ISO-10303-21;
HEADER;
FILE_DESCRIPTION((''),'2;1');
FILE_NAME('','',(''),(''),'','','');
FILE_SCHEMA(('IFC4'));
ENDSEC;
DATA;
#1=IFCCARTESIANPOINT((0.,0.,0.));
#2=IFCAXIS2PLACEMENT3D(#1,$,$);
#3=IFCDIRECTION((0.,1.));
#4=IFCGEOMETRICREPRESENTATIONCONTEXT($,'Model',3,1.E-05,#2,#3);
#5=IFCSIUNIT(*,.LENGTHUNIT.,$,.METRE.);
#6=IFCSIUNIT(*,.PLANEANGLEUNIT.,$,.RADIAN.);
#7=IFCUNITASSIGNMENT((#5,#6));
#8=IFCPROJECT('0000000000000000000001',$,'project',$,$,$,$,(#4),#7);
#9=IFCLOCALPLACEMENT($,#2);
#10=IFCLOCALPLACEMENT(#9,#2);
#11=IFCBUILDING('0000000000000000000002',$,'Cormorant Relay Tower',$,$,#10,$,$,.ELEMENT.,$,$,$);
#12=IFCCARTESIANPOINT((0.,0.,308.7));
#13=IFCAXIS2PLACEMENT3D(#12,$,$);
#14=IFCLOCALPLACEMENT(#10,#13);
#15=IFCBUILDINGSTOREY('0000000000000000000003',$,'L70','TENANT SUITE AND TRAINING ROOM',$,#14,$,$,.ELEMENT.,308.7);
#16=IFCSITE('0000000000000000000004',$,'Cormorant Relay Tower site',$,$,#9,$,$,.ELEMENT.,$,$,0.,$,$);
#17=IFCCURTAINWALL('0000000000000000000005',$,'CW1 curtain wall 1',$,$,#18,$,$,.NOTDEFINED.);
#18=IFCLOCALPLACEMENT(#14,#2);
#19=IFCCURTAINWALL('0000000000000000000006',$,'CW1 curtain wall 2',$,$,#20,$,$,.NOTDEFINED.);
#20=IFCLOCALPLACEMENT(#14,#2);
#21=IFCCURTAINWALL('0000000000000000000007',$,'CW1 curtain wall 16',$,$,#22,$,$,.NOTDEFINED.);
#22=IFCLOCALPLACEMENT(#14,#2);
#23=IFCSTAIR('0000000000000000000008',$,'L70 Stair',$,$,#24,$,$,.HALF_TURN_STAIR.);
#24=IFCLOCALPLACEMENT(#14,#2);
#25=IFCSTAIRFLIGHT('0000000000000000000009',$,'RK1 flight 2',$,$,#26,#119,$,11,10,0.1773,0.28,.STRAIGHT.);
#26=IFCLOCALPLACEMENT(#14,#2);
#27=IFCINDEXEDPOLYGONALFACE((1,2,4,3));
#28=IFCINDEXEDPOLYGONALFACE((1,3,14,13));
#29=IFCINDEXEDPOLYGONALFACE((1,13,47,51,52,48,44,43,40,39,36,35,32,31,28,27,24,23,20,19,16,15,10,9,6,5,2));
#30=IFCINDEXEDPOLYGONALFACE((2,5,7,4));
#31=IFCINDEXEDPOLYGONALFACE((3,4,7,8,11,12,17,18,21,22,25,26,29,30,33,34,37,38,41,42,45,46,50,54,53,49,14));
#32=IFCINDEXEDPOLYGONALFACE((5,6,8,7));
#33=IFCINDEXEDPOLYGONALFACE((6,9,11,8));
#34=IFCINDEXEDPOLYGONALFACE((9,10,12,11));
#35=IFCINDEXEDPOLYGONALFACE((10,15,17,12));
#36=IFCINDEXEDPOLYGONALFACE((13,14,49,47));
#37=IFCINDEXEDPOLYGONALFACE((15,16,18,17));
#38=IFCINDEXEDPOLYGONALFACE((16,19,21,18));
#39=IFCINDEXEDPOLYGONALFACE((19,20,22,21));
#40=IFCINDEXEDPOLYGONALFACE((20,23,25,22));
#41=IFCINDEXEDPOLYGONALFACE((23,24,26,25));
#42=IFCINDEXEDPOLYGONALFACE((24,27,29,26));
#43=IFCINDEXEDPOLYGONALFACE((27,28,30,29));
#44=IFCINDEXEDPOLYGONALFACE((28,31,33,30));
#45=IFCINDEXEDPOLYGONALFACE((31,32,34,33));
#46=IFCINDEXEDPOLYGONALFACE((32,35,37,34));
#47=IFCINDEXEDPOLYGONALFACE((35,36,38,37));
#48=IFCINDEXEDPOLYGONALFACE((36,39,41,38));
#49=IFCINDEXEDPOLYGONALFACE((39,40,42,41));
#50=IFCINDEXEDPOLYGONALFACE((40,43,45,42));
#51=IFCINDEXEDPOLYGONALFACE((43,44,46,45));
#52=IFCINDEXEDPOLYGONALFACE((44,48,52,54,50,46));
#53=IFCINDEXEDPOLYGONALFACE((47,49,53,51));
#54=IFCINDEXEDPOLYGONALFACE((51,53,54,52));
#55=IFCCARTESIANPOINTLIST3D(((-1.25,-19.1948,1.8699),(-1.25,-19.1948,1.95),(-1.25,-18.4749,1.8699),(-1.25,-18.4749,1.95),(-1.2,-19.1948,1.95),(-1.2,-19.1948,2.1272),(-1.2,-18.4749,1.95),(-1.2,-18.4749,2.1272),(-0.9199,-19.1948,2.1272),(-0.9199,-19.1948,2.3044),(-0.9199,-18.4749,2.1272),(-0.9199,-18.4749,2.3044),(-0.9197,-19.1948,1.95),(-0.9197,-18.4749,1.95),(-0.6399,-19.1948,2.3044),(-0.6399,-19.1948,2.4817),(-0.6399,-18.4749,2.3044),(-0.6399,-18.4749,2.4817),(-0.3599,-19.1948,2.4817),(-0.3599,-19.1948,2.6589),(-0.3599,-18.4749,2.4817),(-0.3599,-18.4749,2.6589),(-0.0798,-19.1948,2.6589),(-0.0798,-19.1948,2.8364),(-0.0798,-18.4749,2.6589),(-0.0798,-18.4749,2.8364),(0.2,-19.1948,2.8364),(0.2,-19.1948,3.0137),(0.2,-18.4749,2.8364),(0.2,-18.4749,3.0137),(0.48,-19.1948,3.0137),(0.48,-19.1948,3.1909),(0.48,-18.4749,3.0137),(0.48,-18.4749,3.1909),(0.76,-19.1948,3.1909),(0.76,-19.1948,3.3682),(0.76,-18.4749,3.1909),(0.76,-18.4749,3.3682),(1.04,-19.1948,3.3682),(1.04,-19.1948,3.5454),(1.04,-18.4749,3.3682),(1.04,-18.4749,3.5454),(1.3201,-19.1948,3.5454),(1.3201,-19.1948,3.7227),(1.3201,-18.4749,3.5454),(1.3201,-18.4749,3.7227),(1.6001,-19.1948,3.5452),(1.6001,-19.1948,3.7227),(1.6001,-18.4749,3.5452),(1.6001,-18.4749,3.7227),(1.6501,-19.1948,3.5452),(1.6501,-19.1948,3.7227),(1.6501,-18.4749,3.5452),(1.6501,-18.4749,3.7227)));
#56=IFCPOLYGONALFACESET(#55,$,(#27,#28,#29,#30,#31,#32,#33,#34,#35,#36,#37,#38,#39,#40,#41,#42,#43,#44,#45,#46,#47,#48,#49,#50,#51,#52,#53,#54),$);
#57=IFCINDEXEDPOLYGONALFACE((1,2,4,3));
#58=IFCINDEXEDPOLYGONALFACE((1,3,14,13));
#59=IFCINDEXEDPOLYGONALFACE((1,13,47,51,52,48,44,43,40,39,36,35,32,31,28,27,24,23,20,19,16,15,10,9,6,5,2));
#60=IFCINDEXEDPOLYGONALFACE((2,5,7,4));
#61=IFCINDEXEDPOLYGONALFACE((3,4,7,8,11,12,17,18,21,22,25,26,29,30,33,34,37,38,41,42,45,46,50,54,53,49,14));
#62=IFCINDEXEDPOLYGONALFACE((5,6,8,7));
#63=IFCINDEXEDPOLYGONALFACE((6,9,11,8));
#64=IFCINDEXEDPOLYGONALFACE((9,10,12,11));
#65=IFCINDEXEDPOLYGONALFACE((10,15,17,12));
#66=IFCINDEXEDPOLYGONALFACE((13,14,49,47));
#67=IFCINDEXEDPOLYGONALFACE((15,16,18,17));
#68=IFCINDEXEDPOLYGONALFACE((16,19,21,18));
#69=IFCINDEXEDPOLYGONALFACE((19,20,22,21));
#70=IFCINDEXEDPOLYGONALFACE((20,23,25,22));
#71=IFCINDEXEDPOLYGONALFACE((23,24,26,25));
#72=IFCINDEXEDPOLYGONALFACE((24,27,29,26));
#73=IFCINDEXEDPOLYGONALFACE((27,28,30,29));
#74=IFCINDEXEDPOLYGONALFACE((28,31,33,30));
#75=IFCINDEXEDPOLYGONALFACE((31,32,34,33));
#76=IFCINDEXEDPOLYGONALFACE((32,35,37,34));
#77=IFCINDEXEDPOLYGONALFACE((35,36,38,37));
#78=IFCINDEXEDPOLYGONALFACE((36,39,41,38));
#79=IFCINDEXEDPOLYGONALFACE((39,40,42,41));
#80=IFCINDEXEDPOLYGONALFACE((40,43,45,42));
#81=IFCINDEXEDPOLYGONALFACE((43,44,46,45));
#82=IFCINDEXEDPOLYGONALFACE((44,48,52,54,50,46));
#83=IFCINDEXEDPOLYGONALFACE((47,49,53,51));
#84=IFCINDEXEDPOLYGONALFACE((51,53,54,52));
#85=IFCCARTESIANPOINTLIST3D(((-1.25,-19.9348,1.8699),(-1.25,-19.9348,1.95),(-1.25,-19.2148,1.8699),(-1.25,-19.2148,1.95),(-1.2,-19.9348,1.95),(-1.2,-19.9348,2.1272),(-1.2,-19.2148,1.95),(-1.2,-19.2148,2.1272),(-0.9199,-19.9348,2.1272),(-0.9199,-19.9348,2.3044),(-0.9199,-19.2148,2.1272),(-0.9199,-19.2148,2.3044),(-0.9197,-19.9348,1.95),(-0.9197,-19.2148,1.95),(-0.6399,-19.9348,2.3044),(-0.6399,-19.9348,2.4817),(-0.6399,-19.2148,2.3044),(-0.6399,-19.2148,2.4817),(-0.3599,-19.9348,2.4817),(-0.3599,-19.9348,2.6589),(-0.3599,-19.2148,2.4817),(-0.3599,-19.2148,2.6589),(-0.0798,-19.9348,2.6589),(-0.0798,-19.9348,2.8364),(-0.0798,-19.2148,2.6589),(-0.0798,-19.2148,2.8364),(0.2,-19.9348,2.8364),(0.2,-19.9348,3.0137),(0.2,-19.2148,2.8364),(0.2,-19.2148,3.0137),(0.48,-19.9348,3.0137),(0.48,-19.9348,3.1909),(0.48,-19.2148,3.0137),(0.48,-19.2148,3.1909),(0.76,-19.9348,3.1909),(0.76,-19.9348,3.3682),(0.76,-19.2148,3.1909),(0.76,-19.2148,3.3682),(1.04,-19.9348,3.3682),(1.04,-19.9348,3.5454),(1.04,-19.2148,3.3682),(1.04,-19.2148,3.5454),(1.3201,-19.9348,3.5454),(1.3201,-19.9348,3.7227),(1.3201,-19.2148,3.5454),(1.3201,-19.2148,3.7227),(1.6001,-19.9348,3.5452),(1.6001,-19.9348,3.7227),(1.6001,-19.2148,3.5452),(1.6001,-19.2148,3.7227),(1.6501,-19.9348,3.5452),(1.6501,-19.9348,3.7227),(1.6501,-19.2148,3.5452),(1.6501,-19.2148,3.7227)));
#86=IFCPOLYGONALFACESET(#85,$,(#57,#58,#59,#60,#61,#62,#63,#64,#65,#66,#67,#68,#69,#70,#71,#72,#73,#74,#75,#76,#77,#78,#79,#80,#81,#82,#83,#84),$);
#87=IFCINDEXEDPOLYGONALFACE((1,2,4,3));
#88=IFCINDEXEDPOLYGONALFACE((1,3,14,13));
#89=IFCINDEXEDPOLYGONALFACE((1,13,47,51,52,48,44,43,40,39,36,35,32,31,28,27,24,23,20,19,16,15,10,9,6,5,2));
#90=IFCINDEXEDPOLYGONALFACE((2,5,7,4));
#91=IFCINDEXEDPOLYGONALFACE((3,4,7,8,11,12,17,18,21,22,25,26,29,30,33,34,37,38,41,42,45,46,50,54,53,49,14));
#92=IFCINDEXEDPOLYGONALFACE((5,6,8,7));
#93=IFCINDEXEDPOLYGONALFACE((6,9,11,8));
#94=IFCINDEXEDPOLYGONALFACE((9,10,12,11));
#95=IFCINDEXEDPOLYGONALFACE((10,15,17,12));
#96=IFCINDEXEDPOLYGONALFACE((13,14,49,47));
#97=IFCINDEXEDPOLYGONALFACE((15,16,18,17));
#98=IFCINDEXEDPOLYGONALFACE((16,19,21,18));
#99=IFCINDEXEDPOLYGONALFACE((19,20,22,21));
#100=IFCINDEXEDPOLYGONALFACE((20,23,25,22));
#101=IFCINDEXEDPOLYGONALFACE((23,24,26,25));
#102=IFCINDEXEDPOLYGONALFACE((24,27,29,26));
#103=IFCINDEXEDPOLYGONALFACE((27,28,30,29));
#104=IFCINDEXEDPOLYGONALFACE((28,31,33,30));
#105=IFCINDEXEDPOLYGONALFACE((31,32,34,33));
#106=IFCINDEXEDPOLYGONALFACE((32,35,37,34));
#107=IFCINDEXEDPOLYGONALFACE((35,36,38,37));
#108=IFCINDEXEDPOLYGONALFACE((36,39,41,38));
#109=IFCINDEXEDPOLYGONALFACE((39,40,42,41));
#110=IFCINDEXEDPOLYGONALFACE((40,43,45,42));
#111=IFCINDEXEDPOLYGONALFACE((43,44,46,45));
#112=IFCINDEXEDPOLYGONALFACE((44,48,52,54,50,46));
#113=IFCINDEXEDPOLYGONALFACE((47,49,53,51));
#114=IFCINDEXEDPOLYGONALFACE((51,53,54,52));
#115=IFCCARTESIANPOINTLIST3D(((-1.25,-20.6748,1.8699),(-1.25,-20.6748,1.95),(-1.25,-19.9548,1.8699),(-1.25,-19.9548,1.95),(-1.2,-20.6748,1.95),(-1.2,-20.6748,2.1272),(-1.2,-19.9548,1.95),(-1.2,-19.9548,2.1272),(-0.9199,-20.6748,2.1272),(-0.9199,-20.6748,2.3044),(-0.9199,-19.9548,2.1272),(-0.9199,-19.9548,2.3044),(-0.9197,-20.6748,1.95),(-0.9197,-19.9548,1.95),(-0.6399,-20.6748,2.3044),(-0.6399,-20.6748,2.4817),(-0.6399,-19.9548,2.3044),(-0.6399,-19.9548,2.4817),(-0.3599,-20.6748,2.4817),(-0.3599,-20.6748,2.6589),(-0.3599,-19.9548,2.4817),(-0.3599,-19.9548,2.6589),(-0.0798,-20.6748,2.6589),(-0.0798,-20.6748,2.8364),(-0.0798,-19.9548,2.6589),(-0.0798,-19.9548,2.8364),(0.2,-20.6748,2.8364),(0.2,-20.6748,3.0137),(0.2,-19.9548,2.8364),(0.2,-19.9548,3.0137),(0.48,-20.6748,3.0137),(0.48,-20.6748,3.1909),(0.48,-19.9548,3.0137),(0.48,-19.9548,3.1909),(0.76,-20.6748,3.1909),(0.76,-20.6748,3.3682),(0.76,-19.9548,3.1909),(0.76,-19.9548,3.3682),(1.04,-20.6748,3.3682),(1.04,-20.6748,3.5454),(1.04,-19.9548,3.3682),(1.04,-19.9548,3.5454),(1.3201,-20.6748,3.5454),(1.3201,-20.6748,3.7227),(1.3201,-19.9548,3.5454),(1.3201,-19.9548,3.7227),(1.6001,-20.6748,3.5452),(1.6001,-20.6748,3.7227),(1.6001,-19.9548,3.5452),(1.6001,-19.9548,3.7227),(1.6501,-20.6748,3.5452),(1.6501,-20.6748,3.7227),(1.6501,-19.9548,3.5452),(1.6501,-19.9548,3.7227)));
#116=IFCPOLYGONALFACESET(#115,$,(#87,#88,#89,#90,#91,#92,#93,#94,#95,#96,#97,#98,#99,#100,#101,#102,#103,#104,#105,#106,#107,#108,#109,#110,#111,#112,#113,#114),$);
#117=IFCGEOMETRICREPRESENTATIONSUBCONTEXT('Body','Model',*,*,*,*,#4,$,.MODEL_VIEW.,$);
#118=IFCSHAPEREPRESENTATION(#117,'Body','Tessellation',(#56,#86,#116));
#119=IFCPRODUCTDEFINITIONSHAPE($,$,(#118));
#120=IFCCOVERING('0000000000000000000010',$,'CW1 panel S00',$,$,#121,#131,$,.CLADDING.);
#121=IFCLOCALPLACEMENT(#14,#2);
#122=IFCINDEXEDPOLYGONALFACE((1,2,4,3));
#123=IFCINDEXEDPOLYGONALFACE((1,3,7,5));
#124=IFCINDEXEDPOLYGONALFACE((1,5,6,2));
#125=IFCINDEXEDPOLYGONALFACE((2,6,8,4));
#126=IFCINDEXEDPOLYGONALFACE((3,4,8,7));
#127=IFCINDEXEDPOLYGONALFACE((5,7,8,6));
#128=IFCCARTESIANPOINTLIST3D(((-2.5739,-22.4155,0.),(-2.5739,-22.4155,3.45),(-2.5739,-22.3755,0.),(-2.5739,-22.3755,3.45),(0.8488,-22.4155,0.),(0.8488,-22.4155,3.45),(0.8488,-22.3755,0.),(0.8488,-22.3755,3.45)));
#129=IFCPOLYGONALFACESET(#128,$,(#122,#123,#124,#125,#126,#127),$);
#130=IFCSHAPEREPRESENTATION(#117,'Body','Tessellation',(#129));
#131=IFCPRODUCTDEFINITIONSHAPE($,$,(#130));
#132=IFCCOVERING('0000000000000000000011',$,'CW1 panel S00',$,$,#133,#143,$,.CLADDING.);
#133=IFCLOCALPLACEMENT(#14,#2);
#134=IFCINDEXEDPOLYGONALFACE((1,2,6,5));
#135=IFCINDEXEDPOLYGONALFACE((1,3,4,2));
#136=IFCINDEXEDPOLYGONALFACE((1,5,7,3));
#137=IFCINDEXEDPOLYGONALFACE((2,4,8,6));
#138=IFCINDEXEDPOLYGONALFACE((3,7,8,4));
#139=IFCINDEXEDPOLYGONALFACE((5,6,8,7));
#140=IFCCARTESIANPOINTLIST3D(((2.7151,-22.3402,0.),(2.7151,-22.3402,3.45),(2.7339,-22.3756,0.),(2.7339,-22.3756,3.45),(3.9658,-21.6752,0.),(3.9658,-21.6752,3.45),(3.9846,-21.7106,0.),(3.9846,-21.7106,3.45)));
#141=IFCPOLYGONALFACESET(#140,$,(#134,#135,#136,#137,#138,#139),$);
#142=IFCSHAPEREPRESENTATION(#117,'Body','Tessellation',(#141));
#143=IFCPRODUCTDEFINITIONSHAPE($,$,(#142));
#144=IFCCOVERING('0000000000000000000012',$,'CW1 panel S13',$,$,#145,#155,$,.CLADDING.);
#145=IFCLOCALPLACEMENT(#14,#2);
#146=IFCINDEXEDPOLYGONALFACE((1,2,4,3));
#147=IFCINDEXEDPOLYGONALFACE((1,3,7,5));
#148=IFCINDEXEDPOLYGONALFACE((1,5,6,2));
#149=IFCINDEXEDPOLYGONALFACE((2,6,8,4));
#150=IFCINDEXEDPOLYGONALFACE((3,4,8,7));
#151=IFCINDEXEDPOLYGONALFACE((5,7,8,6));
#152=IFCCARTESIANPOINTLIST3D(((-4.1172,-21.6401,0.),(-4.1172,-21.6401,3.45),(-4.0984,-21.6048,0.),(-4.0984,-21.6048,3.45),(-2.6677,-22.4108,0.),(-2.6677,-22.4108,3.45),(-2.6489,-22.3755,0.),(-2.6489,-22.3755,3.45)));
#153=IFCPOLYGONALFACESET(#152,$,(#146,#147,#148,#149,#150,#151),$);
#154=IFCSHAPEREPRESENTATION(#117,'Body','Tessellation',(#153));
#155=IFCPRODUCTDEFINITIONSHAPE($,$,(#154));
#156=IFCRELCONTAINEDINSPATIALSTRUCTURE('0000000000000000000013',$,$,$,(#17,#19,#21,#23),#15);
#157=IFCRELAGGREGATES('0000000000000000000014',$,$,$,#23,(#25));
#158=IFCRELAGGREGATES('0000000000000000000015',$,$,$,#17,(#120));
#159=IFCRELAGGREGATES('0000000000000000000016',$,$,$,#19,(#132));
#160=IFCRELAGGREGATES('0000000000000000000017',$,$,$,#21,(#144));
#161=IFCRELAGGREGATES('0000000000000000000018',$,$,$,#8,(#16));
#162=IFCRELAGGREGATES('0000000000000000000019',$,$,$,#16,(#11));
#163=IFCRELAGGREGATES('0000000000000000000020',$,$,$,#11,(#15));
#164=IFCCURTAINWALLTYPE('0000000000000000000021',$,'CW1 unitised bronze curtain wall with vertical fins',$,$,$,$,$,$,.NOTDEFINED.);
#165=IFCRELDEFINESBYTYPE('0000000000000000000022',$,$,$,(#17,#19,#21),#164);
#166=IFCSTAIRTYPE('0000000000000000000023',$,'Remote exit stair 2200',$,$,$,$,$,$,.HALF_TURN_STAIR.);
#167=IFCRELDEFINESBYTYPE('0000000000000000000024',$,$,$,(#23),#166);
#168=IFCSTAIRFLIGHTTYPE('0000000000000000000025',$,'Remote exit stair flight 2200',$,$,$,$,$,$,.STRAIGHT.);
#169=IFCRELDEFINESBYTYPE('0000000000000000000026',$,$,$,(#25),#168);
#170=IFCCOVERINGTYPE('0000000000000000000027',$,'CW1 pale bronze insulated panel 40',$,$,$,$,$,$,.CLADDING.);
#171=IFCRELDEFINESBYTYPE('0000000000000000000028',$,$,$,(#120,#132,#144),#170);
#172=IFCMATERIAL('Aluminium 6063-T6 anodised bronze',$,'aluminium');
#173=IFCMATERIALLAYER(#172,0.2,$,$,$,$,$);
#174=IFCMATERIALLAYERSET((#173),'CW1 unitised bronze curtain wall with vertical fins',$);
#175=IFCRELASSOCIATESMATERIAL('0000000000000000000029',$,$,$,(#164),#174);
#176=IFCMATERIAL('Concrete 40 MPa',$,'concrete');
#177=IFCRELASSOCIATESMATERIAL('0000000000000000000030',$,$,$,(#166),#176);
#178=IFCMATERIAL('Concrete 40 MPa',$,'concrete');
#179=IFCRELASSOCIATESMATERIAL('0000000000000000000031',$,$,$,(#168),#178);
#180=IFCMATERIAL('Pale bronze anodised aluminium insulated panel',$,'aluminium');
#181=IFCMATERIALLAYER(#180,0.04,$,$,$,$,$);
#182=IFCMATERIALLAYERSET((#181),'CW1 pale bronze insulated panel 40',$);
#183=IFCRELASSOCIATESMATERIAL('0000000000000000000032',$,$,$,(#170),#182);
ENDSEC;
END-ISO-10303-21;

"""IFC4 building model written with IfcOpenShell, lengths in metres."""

from ifc_helpers import new_model, si_unit, direction, frame, origin, origin_2d, place, context, subcontext, project, spatial, polyline, rectangle, outline, extrude, material, layer, layer_set, type_object, element, aggregate, save


model = new_model("IFC4")

# Units and contexts
model_context = context("Model", 3, precision=1e-05, world=origin(), true_north=direction((0.0, 1.0)))
body_context = subcontext(model_context, "Body", "Model", "MODEL_VIEW")
ifc_project = project(units=[si_unit("LENGTHUNIT", "METRE"), si_unit("PLANEANGLEUNIT", "RADIAN")], contexts=[model_context])

# Site, building, storey
site_placement = place(None, origin())
site = spatial("IfcSite", under=ifc_project, at=site_placement, Name="Cormorant Relay Tower site", CompositionType="ELEMENT", RefElevation=0.0)
building_placement = place(site_placement, origin())
building = spatial("IfcBuilding", under=site, at=building_placement, Name="Cormorant Relay Tower", CompositionType="ELEMENT")
storey_placement = place(building_placement, frame((0.0, 0.0, 308.7)))
storey = spatial("IfcBuildingStorey", under=building, at=storey_placement, Name="L70", Description="TENANT SUITE AND TRAINING ROOM", CompositionType="ELEMENT", Elevation=308.7)

# Curtain wall
ifc_material_1 = material(Name="Aluminium 6063-T6 anodised bronze", Category="aluminium")
ifc_layer_1 = layer(ifc_material_1, 0.2)
ifc_layer_set_1 = layer_set([ifc_layer_1], Name="CW1 unitised bronze curtain wall with vertical fins")
curtain_wall_type = type_object("IfcCurtainWallType", Name="CW1 unitised bronze curtain wall with vertical fins", PredefinedType="NOTDEFINED", material=ifc_layer_set_1)
curtain_wall_1_placement = place(storey_placement, origin())
curtain_wall_1 = element("IfcCurtainWall", 1, at=curtain_wall_1_placement, inside=storey, type_object=curtain_wall_type, Name="CW1 curtain wall 1", PredefinedType="NOTDEFINED")

# Curtain wall
curtain_wall_2_placement = place(storey_placement, origin())
curtain_wall_2 = element("IfcCurtainWall", 2, at=curtain_wall_2_placement, inside=storey, type_object=curtain_wall_type, Name="CW1 curtain wall 2", PredefinedType="NOTDEFINED")

# Curtain wall
curtain_wall_3_placement = place(storey_placement, origin())
curtain_wall_3 = element("IfcCurtainWall", 3, at=curtain_wall_3_placement, inside=storey, type_object=curtain_wall_type, Name="CW1 curtain wall 16", PredefinedType="NOTDEFINED")

# Stair, stair flight
ifc_material_2 = material(Name="Concrete 40 MPa", Category="concrete")
stair_type = type_object("IfcStairType", Name="Remote exit stair 2200", PredefinedType="HALF_TURN_STAIR", material=ifc_material_2)
stair_placement = place(storey_placement, origin())
stair = element("IfcStair", 4, at=stair_placement, inside=storey, type_object=stair_type, Name="L70 Stair", PredefinedType="HALF_TURN_STAIR")
ifc_material_3 = material(Name="Concrete 40 MPa", Category="concrete")
stair_flight_type = type_object("IfcStairFlightType", Name="Remote exit stair flight 2200", PredefinedType="STRAIGHT", material=ifc_material_3)
stair_flight_placement = place(storey_placement, frame((-1.2, -19.575, 1.95), z_axis=(0.0, 0.0, 1.0), x_axis=(1.0, 0.0, 0.0)))
stair_flight = element("IfcStairFlight", 5, at=stair_flight_placement, type_object=stair_flight_type, Name="RK1 flight 2", NumberOfRisers=11, NumberOfTreads=10, PredefinedType="STRAIGHT", RiserHeight=0.1773, TreadLength=0.28, context=body_context, shape_type="SweptSolid", body=[
    extrude(outline(polyline([(-0.05, -0.0801), (-0.05, 0.0), (0.0, 0.0), (0.0, 0.1772), (0.28, 0.1772), (0.28, 0.3545), (0.5601, 0.3545), (0.5601, 0.5317), (0.8401, 0.5317), (0.8401, 0.709), (1.1201, 0.709), (1.1201, 0.8865), (1.3999, 0.8865), (1.3999, 1.0637), (1.6799, 1.0637), (1.6799, 1.241), (1.96, 1.241), (1.96, 1.4182), (2.24, 1.4182), (2.24, 1.5955), (2.52, 1.5955), (2.52, 1.7727), (2.8, 1.7727), (2.8501, 1.7727), (2.8501, 1.5952), (2.8, 1.5952), (0.2803, 0.0), (-0.05, -0.0801)])), frame((0.0, 1.1001, 0.0), z_axis=(0.0, -1.0, 0.0), x_axis=(1.0, 0.0, 0.0)), (0.0, 0.0, 1.0), 0.72),
    extrude(outline(polyline([(-0.05, -0.0801), (-0.05, 0.0), (0.0, 0.0), (0.0, 0.1772), (0.28, 0.1772), (0.28, 0.3545), (0.5601, 0.3545), (0.5601, 0.5317), (0.8401, 0.5317), (0.8401, 0.709), (1.1201, 0.709), (1.1201, 0.8865), (1.3999, 0.8865), (1.3999, 1.0637), (1.6799, 1.0637), (1.6799, 1.241), (1.96, 1.241), (1.96, 1.4182), (2.24, 1.4182), (2.24, 1.5955), (2.52, 1.5955), (2.52, 1.7727), (2.8, 1.7727), (2.8501, 1.7727), (2.8501, 1.5952), (2.8, 1.5952), (0.2803, 0.0), (-0.05, -0.0801)])), frame((0.0, 0.3601, 0.0), z_axis=(0.0, -1.0, 0.0), x_axis=(1.0, 0.0, 0.0)), (0.0, 0.0, 1.0), 0.72),
    extrude(outline(polyline([(-0.05, -0.0801), (-0.05, 0.0), (0.0, 0.0), (0.0, 0.1772), (0.28, 0.1772), (0.28, 0.3545), (0.5601, 0.3545), (0.5601, 0.5317), (0.8401, 0.5317), (0.8401, 0.709), (1.1201, 0.709), (1.1201, 0.8865), (1.3999, 0.8865), (1.3999, 1.0637), (1.6799, 1.0637), (1.6799, 1.241), (1.96, 1.241), (1.96, 1.4182), (2.24, 1.4182), (2.24, 1.5955), (2.52, 1.5955), (2.52, 1.7727), (2.8, 1.7727), (2.8501, 1.7727), (2.8501, 1.5952), (2.8, 1.5952), (0.2803, 0.0), (-0.05, -0.0801)])), frame((0.0, -0.3799, 0.0), z_axis=(0.0, -1.0, 0.0), x_axis=(1.0, 0.0, 0.0)), (0.0, 0.0, 1.0), 0.72),
])
aggregate(stair, [stair_flight])

# Coverings
ifc_material_4 = material(Name="Pale bronze anodised aluminium insulated panel", Category="aluminium")
ifc_layer_2 = layer(ifc_material_4, 0.04)
ifc_layer_set_2 = layer_set([ifc_layer_2], Name="CW1 pale bronze insulated panel 40")
covering_type = type_object("IfcCoveringType", Name="CW1 pale bronze insulated panel 40", PredefinedType="CLADDING", material=ifc_layer_set_2)
covering_1_placement = place(storey_placement, frame((-0.8625, -22.3955, 0.0), z_axis=(0.0, 0.0, 1.0), x_axis=(1.0, 0.0, 0.0)))
covering_1 = element("IfcCovering", 6, at=covering_1_placement, type_object=covering_type, Name="CW1 panel S00", PredefinedType="CLADDING", context=body_context, shape_type="SweptSolid", body=[
    extrude(rectangle(XDim=3.4226, YDim=0.04, at=origin_2d()), origin(), (0.0, 0.0, 1.0), 3.45),
])
aggregate(curtain_wall_1, [covering_1])
covering_2_placement = place(storey_placement, frame((3.3499, -22.0254, 0.0), z_axis=(0.0, 0.0, 1.0), x_axis=(0.882948, 0.469472, 0.0)))
covering_2 = element("IfcCovering", 7, at=covering_2_placement, type_object=covering_type, Name="CW1 panel S00", PredefinedType="CLADDING", context=body_context, shape_type="SweptSolid", body=[
    extrude(rectangle(XDim=1.4165, YDim=0.04, at=origin_2d()), origin(), (0.0, 0.0, 1.0), 3.45),
])
aggregate(curtain_wall_2, [covering_2])
covering_3_placement = place(storey_placement, frame((-3.3831, -22.0078, 0.0), z_axis=(0.0, 0.0, 1.0), x_axis=(0.882948, -0.469472, 0.0)))
covering_3 = element("IfcCovering", 8, at=covering_3_placement, type_object=covering_type, Name="CW1 panel S13", PredefinedType="CLADDING", context=body_context, shape_type="SweptSolid", body=[
    extrude(rectangle(XDim=1.6416, YDim=0.04, at=origin_2d()), origin(), (0.0, 0.0, 1.0), 3.45),
])
aggregate(curtain_wall_3, [covering_3])

save(model, "model.ifc")
